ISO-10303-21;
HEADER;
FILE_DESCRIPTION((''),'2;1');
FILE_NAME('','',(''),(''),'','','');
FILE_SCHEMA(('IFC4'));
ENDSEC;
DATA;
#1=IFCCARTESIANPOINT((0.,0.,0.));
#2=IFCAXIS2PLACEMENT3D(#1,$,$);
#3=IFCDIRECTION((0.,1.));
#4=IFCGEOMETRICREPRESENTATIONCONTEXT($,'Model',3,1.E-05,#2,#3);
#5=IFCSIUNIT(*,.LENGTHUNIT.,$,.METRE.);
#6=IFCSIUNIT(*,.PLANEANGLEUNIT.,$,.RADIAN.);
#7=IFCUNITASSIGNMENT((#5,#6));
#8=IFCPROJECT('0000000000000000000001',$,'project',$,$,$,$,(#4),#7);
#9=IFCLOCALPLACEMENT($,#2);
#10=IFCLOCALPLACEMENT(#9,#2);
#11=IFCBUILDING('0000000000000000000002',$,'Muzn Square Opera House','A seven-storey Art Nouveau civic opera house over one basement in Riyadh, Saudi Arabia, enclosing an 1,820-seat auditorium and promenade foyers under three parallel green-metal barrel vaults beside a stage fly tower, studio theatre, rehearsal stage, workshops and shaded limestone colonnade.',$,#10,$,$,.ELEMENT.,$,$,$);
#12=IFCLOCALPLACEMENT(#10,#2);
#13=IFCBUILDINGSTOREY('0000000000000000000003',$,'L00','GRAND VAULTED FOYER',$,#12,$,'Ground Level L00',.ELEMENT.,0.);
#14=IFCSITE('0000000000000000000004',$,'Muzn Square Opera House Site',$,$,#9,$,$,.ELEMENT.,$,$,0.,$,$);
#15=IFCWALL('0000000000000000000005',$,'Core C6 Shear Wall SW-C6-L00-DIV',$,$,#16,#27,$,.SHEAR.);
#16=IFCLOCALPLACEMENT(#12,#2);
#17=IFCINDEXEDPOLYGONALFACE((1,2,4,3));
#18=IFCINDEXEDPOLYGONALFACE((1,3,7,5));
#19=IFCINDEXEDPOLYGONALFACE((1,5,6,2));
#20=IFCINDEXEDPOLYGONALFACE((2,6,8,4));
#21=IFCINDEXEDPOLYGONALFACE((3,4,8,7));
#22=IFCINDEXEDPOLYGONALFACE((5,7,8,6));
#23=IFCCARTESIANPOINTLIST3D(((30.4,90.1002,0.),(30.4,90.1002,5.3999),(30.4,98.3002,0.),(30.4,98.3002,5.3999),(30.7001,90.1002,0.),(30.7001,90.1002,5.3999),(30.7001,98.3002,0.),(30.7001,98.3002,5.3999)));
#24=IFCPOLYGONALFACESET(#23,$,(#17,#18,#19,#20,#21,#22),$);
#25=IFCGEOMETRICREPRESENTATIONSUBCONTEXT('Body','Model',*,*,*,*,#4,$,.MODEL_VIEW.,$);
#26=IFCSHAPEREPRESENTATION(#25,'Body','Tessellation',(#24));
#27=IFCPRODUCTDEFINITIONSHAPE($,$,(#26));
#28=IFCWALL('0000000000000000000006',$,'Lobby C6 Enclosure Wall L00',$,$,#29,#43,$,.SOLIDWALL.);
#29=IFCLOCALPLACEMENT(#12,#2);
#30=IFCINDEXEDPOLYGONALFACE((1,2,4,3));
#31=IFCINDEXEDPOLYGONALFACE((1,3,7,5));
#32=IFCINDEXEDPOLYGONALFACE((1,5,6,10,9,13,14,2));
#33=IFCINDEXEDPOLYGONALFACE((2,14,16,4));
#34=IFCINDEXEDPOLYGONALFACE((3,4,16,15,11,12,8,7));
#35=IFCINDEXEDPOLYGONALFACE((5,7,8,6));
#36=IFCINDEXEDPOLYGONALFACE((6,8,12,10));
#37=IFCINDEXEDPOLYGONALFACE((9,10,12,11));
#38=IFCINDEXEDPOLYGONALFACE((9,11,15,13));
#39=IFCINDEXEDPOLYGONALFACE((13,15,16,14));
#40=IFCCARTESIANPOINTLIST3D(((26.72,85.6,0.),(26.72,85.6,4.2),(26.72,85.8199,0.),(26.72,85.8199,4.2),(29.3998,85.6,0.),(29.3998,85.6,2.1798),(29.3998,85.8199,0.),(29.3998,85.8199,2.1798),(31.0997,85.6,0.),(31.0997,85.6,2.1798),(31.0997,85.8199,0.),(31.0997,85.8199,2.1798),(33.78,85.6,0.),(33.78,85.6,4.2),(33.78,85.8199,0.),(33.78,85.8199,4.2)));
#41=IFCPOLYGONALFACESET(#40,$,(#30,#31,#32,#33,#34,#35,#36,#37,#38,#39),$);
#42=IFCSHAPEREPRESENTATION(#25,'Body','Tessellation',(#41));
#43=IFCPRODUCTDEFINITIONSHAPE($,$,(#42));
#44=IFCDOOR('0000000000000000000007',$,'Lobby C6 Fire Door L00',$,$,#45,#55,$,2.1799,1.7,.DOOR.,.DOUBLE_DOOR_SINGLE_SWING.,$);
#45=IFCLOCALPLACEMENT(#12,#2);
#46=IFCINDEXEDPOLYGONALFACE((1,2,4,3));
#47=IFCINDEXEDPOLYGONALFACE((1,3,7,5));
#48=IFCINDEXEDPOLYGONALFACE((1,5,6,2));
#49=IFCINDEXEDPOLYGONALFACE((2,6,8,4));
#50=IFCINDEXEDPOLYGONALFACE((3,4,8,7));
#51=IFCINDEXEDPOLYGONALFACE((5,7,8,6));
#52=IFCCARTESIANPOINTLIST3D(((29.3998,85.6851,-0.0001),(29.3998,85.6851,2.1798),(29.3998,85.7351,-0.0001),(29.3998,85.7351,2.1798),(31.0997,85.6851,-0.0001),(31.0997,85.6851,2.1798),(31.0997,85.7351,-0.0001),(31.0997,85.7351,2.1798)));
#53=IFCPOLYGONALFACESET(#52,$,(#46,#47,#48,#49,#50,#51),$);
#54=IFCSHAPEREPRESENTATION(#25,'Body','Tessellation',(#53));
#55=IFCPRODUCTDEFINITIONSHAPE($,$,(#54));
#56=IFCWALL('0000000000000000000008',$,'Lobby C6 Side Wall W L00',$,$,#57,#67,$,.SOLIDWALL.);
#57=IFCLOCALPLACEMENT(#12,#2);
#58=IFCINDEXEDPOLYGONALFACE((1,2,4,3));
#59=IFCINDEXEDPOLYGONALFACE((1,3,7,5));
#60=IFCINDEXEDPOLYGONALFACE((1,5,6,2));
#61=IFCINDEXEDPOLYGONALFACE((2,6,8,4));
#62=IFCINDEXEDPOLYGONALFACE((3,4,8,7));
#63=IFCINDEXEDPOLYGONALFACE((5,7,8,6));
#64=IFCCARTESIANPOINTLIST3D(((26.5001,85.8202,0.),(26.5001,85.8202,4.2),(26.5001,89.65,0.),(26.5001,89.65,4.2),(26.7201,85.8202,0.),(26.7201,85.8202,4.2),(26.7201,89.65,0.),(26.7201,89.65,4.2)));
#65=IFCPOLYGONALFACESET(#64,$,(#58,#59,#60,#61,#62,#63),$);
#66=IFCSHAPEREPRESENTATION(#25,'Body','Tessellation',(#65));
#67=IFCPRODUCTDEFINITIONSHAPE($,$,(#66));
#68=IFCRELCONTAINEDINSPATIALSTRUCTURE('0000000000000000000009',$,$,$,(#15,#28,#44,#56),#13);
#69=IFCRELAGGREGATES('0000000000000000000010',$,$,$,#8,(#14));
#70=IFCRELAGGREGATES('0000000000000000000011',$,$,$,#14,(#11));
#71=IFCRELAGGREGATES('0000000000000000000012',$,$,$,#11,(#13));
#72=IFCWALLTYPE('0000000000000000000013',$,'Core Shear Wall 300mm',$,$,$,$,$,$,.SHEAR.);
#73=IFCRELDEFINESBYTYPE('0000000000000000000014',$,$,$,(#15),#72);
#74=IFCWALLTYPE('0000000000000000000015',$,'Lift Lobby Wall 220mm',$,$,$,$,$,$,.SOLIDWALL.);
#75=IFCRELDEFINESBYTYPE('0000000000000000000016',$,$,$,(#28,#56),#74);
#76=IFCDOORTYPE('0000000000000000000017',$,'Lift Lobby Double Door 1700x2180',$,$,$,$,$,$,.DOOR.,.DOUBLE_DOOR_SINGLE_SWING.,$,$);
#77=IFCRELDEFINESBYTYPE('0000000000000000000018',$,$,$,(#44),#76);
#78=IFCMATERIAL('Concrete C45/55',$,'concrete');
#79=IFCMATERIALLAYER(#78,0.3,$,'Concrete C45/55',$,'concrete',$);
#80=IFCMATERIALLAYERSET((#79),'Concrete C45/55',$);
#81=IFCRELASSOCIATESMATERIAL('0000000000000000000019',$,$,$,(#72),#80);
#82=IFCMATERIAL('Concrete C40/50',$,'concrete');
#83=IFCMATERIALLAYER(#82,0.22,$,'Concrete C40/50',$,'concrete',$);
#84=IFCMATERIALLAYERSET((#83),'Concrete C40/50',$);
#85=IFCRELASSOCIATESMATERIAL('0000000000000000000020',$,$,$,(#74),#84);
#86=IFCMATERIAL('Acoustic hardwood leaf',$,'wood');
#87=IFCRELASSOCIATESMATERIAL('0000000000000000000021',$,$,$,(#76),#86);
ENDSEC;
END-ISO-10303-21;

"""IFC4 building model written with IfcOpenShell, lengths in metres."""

from ifc_helpers import new_model, si_unit, direction, frame, frame_2d, origin, place, context, subcontext, project, spatial, rectangle, extrude, material, layer, layer_set, type_object, element, fill, save


model = new_model("IFC4")

# Units and contexts
model_context = context("Model", 3, precision=1e-05, world=origin(), true_north=direction((0.0, 1.0)))
body_context = subcontext(model_context, "Body", "Model", "MODEL_VIEW")
ifc_project = project(units=[si_unit("LENGTHUNIT", "METRE"), si_unit("PLANEANGLEUNIT", "RADIAN")], contexts=[model_context])

# Site, building, storey
site_placement = place(None, origin())
site = spatial("IfcSite", under=ifc_project, at=site_placement, Name="Muzn Square Opera House Site", CompositionType="ELEMENT", RefElevation=0.0)
building_placement = place(site_placement, origin())
building = spatial("IfcBuilding", under=site, at=building_placement, Name="Muzn Square Opera House", Description="A seven-storey Art Nouveau civic opera house over one basement in Riyadh, Saudi Arabia, enclosing an 1,820-seat auditorium and promenade foyers under three parallel green-metal barrel vaults beside a stage fly tower, studio theatre, rehearsal stage, workshops and shaded limestone colonnade.", CompositionType="ELEMENT")
storey_placement = place(building_placement, origin())
storey = spatial("IfcBuildingStorey", under=building, at=storey_placement, Name="L00", Description="GRAND VAULTED FOYER", LongName="Ground Level L00", CompositionType="ELEMENT", Elevation=0.0)

# Shared definitions
ifc_material_1 = material(Name="Concrete C45/55", Category="concrete")

# Shared definitions
ifc_material_2 = material(Name="Concrete C40/50", Category="concrete")

# Wall
ifc_layer_1 = layer(ifc_material_1, 0.3, Name="Concrete C45/55", Category="concrete")
ifc_layer_set_1 = layer_set([ifc_layer_1], Name="Concrete C45/55")
wall_type_1 = type_object("IfcWallType", Name="Core Shear Wall 300mm", PredefinedType="SHEAR", material=ifc_layer_set_1)
for number, where, z_axis, x_axis, name in (
    (1, (30.55, 90.1001, 0.0), (0.0, 0.0, 1.0), (0.0, 1.0, 0.0), "Core C6 Shear Wall SW-C6-L00-DIV"),
):
    element("IfcWall", number, at=place(storey_placement, frame(where, z_axis=z_axis, x_axis=x_axis)), inside=storey, type_object=wall_type_1, Name=name, PredefinedType="SHEAR", context=body_context, shape_type="SweptSolid", body=[
        extrude(rectangle(XDim=8.2, YDim=0.3, at=frame_2d((4.1001, 0.0))), origin(), (0.0, 0.0, 1.0), 5.3999),
    ])

# Wall, opening, door
ifc_layer_2 = layer(ifc_material_2, 0.22, Name="Concrete C40/50", Category="concrete")
ifc_layer_set_2 = layer_set([ifc_layer_2], Name="Concrete C40/50")
wall_type_2 = type_object("IfcWallType", Name="Lift Lobby Wall 220mm", PredefinedType="SOLIDWALL", material=ifc_layer_set_2)
wall_1_placement = place(storey_placement, frame((26.72, 85.71, 0.0), z_axis=(0.0, 0.0, 1.0), x_axis=(1.0, 0.0, 0.0)))
wall_1 = element("IfcWall", 2, at=wall_1_placement, inside=storey, type_object=wall_type_2, Name="Lobby C6 Enclosure Wall L00", PredefinedType="SOLIDWALL", context=body_context, shape_type="SweptSolid", body=[
    extrude(rectangle(XDim=7.0601, YDim=0.22, at=frame_2d((3.53, 0.0))), origin(), (0.0, 0.0, 1.0), 4.2),
])
opening_1_placement = place(wall_1_placement, frame((4.3799, 0.0, 0.0), z_axis=(0.0, 0.0, 1.0), x_axis=(-1.0, 0.0, 0.0)))
opening_1 = element("IfcOpeningElement", 3, at=opening_1_placement, cuts=wall_1, PredefinedType="OPENING", context=body_context, shape_type="SweptSolid", body=[
    extrude(rectangle(XDim=1.7, YDim=2.1799, at=frame_2d((0.8501, 1.0898))), frame((0.0, 0.1199, 0.0), z_axis=(0.0, -1.0, 0.0), x_axis=(1.0, 0.0, 0.0)), (0.0, 0.0, 1.0), 0.24),
])
ifc_material_3 = material(Name="Acoustic hardwood leaf", Category="wood")
door_type_1 = type_object("IfcDoorType", Name="Lift Lobby Double Door 1700x2180", OperationType="DOUBLE_DOOR_SINGLE_SWING", PredefinedType="DOOR", material=ifc_material_3)
door_1_placement = place(opening_1_placement, origin())
door_1 = element("IfcDoor", 4, at=door_1_placement, inside=storey, type_object=door_type_1, Name="Lobby C6 Fire Door L00", OperationType="DOUBLE_DOOR_SINGLE_SWING", OverallHeight=2.1799, OverallWidth=1.7, PredefinedType="DOOR", context=body_context, shape_type="SweptSolid", body=[
    extrude(rectangle(XDim=1.7, YDim=2.1799, at=frame_2d((0.8501, 1.0898))), frame((0.0, 0.0249, 0.0), z_axis=(0.0, -1.0, 0.0), x_axis=(1.0, 0.0, 0.0)), (0.0, 0.0, 1.0), 0.05),
])
fill(opening_1, door_1)

# Wall
wall_2_placement = place(storey_placement, frame((26.6101, 85.8201, 0.0), z_axis=(0.0, 0.0, 1.0), x_axis=(0.0, 1.0, 0.0)))
element("IfcWall", 5, at=wall_2_placement, inside=storey, type_object=wall_type_2, Name="Lobby C6 Side Wall W L00", PredefinedType="SOLIDWALL", context=body_context, shape_type="SweptSolid", body=[
    extrude(rectangle(XDim=3.8298, YDim=0.22, at=frame_2d((1.915, 0.0))), origin(), (0.0, 0.0, 1.0), 4.2),
])

save(model, "model.ifc")
